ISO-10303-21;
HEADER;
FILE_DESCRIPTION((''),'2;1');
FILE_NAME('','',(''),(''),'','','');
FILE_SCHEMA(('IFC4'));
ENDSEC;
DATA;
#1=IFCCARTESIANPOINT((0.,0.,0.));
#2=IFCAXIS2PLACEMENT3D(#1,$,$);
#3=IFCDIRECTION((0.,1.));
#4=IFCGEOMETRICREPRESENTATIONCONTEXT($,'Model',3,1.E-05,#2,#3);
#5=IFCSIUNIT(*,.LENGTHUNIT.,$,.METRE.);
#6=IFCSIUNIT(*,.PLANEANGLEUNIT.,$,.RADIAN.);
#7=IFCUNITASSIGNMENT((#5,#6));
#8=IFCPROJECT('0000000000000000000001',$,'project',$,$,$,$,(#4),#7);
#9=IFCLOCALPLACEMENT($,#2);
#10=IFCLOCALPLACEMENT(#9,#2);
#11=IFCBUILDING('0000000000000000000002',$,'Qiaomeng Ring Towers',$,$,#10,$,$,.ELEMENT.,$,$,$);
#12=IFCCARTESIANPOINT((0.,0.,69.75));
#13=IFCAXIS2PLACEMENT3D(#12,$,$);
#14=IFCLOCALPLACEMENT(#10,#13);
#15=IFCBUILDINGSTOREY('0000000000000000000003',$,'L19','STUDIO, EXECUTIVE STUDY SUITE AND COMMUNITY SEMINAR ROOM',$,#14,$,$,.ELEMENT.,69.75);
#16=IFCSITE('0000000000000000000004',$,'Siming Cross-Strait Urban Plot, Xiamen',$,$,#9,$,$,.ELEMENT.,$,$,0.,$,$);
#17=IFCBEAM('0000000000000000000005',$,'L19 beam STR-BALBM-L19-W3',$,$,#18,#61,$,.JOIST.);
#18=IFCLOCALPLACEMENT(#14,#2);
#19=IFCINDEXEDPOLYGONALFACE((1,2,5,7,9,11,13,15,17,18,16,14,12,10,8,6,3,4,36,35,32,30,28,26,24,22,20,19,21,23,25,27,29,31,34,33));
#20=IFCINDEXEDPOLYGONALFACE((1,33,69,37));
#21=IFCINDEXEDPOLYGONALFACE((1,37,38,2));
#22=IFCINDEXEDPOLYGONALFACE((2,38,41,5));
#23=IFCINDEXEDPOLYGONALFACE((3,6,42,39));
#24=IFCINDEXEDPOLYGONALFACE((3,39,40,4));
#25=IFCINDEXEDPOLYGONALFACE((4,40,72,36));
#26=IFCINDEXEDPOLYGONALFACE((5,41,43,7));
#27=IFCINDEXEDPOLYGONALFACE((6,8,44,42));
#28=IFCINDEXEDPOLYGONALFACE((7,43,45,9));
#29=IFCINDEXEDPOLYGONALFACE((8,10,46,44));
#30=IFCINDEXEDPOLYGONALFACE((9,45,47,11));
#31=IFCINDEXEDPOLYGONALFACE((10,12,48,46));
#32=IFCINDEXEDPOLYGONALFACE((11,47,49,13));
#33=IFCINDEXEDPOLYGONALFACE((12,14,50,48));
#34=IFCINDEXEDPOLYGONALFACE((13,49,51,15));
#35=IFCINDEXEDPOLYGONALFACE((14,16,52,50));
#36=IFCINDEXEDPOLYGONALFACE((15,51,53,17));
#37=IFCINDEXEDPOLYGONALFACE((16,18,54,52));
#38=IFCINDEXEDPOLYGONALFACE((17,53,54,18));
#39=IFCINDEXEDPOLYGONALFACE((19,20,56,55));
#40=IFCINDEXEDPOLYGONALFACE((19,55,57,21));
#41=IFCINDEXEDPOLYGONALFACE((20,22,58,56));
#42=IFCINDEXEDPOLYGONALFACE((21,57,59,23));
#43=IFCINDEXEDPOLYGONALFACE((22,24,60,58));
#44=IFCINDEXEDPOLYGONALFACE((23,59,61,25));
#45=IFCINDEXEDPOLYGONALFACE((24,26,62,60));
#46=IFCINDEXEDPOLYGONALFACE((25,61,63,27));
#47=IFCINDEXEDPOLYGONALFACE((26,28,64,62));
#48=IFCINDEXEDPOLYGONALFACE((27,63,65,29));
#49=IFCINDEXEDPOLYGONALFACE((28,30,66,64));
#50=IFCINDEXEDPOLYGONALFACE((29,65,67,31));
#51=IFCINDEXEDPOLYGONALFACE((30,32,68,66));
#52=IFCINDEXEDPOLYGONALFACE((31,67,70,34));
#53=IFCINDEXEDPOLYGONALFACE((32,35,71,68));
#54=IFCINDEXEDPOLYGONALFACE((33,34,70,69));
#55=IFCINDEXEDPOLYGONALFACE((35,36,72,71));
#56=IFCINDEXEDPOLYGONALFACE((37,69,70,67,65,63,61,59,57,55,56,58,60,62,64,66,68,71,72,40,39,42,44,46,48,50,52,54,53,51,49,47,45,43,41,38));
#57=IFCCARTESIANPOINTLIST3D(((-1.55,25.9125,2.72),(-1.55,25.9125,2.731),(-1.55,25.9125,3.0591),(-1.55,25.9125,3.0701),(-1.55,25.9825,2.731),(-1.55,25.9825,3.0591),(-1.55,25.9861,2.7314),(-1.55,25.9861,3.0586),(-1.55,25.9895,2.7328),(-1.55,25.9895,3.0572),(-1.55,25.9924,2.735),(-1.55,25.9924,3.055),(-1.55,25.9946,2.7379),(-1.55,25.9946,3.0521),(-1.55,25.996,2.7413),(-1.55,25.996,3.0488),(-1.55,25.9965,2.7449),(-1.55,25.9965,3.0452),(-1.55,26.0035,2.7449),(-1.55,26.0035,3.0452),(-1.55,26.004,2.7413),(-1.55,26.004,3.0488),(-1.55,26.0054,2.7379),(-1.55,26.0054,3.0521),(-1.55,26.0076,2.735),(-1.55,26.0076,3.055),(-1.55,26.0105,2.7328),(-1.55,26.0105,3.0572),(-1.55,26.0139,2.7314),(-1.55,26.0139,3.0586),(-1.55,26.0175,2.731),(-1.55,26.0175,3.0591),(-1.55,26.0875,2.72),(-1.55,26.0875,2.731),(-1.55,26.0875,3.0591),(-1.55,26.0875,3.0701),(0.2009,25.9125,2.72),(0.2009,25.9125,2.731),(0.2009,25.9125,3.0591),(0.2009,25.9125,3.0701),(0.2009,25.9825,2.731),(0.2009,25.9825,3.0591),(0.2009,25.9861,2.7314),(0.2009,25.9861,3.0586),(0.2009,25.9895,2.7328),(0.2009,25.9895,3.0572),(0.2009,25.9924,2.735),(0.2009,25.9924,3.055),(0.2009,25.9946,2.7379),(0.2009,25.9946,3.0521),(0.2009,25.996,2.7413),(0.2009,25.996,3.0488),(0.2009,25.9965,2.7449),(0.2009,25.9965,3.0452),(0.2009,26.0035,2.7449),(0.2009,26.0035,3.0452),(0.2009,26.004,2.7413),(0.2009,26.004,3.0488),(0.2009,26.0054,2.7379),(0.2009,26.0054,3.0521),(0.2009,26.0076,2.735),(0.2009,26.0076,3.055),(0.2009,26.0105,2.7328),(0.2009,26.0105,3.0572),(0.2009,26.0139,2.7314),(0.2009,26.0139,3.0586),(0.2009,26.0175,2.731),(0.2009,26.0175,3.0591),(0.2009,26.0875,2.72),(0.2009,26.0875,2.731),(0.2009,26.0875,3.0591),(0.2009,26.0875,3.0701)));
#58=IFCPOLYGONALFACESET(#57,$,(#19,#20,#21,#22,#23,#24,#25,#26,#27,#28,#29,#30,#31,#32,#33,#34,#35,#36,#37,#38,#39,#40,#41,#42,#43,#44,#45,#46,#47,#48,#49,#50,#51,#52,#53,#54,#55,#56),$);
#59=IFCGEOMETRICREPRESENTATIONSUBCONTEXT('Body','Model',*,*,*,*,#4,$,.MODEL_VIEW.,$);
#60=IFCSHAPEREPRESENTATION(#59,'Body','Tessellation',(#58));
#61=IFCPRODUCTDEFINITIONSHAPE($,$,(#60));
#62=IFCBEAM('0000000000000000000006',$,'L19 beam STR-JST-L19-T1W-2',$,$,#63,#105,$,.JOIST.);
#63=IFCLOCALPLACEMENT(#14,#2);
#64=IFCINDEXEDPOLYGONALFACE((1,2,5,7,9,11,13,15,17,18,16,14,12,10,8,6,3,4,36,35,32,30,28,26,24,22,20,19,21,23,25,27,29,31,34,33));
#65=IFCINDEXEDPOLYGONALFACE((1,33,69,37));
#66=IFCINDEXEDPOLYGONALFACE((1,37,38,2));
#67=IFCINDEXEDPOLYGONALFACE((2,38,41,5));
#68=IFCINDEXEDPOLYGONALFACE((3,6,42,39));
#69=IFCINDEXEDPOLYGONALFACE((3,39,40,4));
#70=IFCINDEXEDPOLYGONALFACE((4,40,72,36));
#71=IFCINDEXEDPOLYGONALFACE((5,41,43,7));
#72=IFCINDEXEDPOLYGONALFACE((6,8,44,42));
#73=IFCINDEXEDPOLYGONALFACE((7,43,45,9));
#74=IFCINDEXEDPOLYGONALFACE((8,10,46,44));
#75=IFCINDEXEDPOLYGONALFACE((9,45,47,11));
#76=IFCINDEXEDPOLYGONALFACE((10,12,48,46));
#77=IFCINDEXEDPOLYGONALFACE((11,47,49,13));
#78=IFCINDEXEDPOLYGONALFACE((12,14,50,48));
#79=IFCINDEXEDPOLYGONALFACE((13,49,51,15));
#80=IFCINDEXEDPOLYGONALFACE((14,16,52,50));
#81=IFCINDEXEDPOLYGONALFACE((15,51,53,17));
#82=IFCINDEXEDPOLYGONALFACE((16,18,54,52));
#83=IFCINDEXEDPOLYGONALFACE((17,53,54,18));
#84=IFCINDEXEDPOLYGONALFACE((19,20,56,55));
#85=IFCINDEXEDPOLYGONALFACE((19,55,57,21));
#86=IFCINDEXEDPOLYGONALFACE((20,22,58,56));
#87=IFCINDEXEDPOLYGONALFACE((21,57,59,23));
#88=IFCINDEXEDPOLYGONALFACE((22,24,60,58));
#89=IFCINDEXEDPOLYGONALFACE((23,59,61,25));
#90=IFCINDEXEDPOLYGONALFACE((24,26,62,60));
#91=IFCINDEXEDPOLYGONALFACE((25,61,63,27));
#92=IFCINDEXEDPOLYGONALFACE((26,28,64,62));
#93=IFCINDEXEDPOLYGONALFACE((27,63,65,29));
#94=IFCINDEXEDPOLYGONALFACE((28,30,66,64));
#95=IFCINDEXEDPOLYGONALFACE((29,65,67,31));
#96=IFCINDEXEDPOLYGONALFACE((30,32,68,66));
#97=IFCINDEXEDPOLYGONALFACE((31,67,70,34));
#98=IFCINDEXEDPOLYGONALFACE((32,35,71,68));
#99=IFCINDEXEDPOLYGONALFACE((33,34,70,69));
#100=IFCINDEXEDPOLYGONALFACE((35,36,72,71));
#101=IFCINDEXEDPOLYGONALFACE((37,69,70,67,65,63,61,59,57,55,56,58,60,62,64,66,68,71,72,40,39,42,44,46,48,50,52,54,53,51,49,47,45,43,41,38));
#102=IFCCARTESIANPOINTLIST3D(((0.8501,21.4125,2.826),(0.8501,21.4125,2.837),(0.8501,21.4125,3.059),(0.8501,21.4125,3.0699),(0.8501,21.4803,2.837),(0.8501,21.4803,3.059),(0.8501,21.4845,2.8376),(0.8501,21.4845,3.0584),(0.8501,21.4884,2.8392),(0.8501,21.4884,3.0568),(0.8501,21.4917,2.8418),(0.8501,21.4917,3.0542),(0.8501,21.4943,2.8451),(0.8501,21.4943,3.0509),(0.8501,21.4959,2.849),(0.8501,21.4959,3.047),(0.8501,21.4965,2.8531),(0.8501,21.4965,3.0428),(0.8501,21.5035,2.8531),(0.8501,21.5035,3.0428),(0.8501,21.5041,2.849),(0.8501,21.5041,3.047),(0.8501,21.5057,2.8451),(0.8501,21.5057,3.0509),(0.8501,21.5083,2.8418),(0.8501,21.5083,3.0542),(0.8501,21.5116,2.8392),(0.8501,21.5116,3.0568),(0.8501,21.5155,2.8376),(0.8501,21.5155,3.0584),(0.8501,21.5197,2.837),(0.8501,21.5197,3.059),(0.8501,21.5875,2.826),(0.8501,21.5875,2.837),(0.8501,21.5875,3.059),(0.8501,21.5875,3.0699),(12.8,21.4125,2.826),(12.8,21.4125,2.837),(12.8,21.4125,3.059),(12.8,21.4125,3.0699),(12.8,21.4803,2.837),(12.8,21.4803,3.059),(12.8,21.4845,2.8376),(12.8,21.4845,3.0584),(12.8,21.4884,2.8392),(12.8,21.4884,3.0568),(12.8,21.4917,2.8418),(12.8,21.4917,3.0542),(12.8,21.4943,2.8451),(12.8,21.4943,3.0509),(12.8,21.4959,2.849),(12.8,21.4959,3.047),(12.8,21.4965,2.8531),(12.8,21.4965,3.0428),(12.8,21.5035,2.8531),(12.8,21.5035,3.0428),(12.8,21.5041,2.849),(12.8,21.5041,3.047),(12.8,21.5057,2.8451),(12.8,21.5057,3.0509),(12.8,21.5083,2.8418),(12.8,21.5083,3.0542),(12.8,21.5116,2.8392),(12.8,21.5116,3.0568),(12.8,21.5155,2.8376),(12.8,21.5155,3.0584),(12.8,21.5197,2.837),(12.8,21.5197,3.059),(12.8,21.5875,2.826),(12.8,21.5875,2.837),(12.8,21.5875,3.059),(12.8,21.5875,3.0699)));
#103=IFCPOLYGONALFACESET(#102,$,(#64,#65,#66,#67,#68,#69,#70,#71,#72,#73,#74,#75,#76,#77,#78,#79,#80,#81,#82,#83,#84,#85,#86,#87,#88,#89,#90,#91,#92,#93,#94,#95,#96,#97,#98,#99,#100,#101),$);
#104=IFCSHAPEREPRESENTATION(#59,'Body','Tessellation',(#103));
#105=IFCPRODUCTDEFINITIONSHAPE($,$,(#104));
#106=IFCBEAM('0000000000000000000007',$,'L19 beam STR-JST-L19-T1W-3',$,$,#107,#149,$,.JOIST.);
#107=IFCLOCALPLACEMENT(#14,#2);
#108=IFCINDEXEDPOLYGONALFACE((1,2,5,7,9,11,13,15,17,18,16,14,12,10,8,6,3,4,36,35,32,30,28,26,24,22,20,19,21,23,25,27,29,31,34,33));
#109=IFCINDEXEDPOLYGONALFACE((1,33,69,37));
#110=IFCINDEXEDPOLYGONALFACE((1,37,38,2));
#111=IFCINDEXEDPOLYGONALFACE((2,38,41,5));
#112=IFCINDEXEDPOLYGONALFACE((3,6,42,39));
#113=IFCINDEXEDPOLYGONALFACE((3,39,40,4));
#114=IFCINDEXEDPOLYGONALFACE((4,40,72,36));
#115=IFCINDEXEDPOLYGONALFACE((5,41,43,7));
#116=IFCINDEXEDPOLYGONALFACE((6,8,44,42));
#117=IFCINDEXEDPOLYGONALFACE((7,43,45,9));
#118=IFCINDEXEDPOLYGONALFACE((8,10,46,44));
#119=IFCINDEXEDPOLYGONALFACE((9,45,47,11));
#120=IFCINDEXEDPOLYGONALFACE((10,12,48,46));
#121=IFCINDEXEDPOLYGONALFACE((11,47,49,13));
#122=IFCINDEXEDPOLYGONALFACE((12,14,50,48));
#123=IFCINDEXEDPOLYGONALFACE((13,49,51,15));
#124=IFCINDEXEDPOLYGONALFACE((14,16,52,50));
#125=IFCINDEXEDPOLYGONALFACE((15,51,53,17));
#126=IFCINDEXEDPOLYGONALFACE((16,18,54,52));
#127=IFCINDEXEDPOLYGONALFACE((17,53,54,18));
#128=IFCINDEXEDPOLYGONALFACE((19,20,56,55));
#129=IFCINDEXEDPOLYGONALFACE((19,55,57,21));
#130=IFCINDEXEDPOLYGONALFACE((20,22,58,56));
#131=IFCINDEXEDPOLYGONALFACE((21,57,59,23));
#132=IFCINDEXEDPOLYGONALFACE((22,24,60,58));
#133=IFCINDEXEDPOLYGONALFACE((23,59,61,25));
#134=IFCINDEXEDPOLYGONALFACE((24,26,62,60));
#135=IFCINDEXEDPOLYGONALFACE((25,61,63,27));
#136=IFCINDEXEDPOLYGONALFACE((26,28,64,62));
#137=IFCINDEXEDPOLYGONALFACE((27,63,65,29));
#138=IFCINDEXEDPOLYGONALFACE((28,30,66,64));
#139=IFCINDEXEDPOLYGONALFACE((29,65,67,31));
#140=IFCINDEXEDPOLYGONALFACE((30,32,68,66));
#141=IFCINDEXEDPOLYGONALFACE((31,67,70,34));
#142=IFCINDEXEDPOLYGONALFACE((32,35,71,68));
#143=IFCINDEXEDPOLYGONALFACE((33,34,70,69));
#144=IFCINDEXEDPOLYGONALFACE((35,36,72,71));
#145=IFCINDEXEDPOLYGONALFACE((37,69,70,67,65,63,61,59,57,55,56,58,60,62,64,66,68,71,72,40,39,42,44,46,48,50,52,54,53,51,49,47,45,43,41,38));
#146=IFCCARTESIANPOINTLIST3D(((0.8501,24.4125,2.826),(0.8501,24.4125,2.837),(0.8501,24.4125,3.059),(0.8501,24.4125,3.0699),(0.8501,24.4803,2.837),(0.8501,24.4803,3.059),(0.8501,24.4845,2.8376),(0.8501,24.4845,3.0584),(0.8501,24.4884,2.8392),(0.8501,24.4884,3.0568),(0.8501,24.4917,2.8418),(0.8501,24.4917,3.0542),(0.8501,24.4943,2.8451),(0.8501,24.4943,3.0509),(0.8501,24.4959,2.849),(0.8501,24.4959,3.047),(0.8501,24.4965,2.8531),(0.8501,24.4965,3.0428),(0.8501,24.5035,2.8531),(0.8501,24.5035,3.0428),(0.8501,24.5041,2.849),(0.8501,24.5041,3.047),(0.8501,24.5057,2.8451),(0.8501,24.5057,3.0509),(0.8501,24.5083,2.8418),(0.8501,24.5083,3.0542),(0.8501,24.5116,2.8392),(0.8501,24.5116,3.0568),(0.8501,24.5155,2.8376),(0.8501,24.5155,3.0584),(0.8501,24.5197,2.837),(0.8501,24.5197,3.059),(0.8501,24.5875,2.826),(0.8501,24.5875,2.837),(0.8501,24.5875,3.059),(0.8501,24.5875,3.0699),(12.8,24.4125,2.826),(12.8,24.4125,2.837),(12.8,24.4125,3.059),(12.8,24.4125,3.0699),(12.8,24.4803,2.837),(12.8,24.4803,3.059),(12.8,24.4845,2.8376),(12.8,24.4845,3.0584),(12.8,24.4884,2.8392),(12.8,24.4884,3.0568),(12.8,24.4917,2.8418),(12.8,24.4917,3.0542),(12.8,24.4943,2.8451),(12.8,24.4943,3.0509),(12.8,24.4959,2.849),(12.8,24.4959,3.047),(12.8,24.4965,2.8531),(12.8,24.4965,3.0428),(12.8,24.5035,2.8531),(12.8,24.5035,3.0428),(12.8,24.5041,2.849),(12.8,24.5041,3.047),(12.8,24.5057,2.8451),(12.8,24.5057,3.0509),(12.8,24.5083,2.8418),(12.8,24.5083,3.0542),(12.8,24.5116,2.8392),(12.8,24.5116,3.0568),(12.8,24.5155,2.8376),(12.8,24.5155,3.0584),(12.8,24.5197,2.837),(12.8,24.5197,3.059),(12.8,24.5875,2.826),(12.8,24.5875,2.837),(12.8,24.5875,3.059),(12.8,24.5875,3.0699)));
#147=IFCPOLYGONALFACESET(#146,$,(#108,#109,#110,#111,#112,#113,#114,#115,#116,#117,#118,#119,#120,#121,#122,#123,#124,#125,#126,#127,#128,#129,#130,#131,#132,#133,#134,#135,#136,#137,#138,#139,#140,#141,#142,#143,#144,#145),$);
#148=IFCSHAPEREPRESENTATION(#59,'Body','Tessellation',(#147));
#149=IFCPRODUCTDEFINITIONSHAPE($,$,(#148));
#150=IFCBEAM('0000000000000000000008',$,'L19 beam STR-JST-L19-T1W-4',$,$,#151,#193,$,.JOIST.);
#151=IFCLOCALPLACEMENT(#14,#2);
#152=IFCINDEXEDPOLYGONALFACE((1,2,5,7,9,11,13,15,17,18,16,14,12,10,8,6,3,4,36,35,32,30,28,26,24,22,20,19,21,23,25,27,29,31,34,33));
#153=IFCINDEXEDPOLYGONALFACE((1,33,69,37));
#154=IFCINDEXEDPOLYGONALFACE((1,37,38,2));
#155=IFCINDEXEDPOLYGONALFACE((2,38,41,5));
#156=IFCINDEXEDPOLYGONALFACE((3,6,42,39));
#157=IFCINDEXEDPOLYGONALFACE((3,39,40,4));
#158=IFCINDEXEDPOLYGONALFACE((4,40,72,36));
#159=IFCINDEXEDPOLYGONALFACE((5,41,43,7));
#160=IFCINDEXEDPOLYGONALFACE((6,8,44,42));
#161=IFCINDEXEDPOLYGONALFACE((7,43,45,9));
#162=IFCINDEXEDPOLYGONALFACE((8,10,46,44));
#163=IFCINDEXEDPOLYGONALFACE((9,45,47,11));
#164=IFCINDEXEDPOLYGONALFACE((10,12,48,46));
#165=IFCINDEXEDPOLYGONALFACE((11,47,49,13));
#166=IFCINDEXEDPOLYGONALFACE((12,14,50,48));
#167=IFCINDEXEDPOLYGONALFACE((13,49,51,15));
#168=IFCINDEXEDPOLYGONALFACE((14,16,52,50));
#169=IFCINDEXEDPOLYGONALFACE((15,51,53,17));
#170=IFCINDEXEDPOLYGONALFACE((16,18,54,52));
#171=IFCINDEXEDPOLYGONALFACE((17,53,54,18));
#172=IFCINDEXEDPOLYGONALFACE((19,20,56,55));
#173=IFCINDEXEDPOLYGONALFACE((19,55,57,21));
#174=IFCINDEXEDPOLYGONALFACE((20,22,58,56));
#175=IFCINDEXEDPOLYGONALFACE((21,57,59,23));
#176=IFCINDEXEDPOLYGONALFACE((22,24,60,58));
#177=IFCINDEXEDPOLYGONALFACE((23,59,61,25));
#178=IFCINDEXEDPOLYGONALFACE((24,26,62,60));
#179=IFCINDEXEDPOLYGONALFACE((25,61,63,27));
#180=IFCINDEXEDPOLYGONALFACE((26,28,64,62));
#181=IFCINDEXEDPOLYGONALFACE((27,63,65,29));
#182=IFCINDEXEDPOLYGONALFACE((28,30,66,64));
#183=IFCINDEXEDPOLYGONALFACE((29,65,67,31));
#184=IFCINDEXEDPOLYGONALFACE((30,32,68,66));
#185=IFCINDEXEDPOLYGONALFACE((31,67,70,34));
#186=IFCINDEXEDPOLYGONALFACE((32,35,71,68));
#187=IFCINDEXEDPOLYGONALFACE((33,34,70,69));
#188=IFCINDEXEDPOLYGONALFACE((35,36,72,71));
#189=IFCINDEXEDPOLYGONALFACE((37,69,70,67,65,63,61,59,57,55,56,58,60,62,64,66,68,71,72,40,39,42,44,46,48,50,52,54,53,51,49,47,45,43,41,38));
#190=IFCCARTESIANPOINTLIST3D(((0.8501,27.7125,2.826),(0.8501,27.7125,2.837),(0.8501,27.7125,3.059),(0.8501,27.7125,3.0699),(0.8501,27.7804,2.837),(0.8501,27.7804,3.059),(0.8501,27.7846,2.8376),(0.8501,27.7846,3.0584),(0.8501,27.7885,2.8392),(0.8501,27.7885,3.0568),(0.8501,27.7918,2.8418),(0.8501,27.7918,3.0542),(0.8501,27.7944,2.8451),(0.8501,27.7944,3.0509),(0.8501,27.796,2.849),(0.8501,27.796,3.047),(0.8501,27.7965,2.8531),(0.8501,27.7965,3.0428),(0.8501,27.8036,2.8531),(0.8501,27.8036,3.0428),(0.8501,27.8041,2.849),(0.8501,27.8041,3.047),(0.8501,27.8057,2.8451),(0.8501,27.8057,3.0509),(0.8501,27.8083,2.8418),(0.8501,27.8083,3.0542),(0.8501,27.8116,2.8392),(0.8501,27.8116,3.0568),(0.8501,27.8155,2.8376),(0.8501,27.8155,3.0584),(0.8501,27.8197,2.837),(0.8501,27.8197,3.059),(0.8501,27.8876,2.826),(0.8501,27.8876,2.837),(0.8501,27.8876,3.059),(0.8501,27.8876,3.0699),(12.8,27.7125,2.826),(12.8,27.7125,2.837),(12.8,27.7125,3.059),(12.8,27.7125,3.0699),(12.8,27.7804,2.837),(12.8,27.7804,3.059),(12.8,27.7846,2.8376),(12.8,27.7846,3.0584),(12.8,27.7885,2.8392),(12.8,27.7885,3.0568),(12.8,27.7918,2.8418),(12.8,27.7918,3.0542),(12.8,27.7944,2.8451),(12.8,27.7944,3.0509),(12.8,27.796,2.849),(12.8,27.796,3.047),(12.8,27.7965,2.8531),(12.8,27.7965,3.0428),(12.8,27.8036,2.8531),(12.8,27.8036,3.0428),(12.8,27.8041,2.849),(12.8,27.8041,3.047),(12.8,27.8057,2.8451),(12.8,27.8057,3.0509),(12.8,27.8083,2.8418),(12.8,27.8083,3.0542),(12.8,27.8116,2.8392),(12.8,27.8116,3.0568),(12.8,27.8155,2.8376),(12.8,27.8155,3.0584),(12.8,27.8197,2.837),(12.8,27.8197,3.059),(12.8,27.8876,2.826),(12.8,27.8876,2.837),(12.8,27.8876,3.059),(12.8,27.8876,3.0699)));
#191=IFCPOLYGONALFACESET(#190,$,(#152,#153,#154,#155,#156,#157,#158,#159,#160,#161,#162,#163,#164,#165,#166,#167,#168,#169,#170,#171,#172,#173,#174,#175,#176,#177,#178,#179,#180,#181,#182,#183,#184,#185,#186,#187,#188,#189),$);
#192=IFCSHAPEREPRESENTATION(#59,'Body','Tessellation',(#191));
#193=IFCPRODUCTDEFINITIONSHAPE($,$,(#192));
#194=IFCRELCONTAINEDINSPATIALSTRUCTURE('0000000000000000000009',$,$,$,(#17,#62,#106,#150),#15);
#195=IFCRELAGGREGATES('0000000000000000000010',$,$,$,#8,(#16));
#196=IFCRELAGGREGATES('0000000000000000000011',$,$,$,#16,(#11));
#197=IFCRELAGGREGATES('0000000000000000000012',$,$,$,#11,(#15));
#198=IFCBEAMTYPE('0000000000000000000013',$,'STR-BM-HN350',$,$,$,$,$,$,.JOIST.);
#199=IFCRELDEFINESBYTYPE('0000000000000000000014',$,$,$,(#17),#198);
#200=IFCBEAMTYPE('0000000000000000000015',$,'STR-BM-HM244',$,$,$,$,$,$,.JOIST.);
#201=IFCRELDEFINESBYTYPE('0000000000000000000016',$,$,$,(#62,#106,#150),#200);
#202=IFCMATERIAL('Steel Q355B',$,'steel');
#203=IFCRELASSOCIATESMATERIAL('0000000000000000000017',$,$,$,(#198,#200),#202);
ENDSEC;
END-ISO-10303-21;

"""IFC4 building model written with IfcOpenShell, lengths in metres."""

from ifc_helpers import new_model, si_unit, direction, frame, origin, origin_2d, place, context, subcontext, project, spatial, i_section, extrude, source, transform, mapped, material, material_profile, profile_set, type_object, element, save


model = new_model("IFC4")

# Units and contexts
model_context = context("Model", 3, precision=1e-05, world=origin(), true_north=direction((0.0, 1.0)))
body_context = subcontext(model_context, "Body", "Model", "MODEL_VIEW")
ifc_project = project(units=[si_unit("LENGTHUNIT", "METRE"), si_unit("PLANEANGLEUNIT", "RADIAN")], contexts=[model_context])

# Site, building, storey
site_placement = place(None, origin())
site = spatial("IfcSite", under=ifc_project, at=site_placement, Name="Siming Cross-Strait Urban Plot, Xiamen", CompositionType="ELEMENT", RefElevation=0.0)
building_placement = place(site_placement, origin())
building = spatial("IfcBuilding", under=site, at=building_placement, Name="Qiaomeng Ring Towers", CompositionType="ELEMENT")
storey_placement = place(building_placement, frame((0.0, 0.0, 69.75)))
storey = spatial("IfcBuildingStorey", under=building, at=storey_placement, Name="L19", Description="STUDIO, EXECUTIVE STUDY SUITE AND COMMUNITY SEMINAR ROOM", CompositionType="ELEMENT", Elevation=69.75)

# Beams
ifc_material_1 = material(Name="Steel Q355B", Category="steel")
ifc_material_profile_1 = material_profile(ifc_material_1, i_section(OverallWidth=0.175, OverallDepth=0.3501, WebThickness=0.0071, FlangeThickness=0.011, FilletRadius=0.0139, at=origin_2d()), Name="HN 350x175x7x11")
ifc_profile_set_1 = profile_set([ifc_material_profile_1], Name="Steel Q355B")
beam_type_1 = type_object("IfcBeamType", Name="STR-BM-HN350", PredefinedType="JOIST", material=ifc_profile_set_1)
shared_shape_1 = source(origin(), body_context, "Body", "SweptSolid", [
    extrude(i_section(OverallWidth=0.175, OverallDepth=0.3501, WebThickness=0.0071, FlangeThickness=0.011, FilletRadius=0.0139, at=origin_2d()), origin(), (0.0, 0.0, 1.0), 1.751),
])
beam_1_placement = place(storey_placement, frame((-1.55, 26.0, 2.895), z_axis=(1.0, 0.0, 0.0), x_axis=(0.0, 1.0, 0.0)))
element("IfcBeam", 1, at=beam_1_placement, inside=storey, type_object=beam_type_1, Name="L19 beam STR-BALBM-L19-W3", PredefinedType="JOIST", context=body_context, shape_type="MappedRepresentation", body=[
    mapped(shared_shape_1, transform((0.0, 0.0, 0.0), x_axis=(1.0, 0.0, 0.0), y_axis=(0.0, 1.0, 0.0), z_axis=(0.0, 0.0, 1.0), scale=1.0)),
])
ifc_material_profile_2 = material_profile(ifc_material_1, i_section(OverallWidth=0.175, OverallDepth=0.2439, WebThickness=0.0071, FlangeThickness=0.011, FilletRadius=0.0161, at=origin_2d()), Name="HM 244x175x7x11")
ifc_profile_set_2 = profile_set([ifc_material_profile_2], Name="Steel Q355B")
beam_type_2 = type_object("IfcBeamType", Name="STR-BM-HM244", PredefinedType="JOIST", material=ifc_profile_set_2)
shared_shape_2 = source(origin(), body_context, "Body", "SweptSolid", [
    extrude(i_section(OverallWidth=0.175, OverallDepth=0.2439, WebThickness=0.0071, FlangeThickness=0.011, FilletRadius=0.0161, at=origin_2d()), origin(), (0.0, 0.0, 1.0), 11.95),
])
for number, where, z_axis, x_axis, name in (
    (2, (0.8501, 21.5, 2.948), (1.0, 0.0, 0.0), (0.0, 1.0, 0.0), "L19 beam STR-JST-L19-T1W-2"),
    (3, (0.8501, 24.5, 2.948), (1.0, 0.0, 0.0), (0.0, 1.0, 0.0), "L19 beam STR-JST-L19-T1W-3"),
    (4, (0.8501, 27.8, 2.948), (1.0, 0.0, 0.0), (0.0, 1.0, 0.0), "L19 beam STR-JST-L19-T1W-4"),
):
    element("IfcBeam", number, at=place(storey_placement, frame(where, z_axis=z_axis, x_axis=x_axis)), inside=storey, type_object=beam_type_2, Name=name, PredefinedType="JOIST", context=body_context, shape_type="MappedRepresentation", body=[
        mapped(shared_shape_2, transform((0.0, 0.0, 0.0), x_axis=(1.0, 0.0, 0.0), y_axis=(0.0, 1.0, 0.0), z_axis=(0.0, 0.0, 1.0), scale=1.0)),
    ])

save(model, "model.ifc")
